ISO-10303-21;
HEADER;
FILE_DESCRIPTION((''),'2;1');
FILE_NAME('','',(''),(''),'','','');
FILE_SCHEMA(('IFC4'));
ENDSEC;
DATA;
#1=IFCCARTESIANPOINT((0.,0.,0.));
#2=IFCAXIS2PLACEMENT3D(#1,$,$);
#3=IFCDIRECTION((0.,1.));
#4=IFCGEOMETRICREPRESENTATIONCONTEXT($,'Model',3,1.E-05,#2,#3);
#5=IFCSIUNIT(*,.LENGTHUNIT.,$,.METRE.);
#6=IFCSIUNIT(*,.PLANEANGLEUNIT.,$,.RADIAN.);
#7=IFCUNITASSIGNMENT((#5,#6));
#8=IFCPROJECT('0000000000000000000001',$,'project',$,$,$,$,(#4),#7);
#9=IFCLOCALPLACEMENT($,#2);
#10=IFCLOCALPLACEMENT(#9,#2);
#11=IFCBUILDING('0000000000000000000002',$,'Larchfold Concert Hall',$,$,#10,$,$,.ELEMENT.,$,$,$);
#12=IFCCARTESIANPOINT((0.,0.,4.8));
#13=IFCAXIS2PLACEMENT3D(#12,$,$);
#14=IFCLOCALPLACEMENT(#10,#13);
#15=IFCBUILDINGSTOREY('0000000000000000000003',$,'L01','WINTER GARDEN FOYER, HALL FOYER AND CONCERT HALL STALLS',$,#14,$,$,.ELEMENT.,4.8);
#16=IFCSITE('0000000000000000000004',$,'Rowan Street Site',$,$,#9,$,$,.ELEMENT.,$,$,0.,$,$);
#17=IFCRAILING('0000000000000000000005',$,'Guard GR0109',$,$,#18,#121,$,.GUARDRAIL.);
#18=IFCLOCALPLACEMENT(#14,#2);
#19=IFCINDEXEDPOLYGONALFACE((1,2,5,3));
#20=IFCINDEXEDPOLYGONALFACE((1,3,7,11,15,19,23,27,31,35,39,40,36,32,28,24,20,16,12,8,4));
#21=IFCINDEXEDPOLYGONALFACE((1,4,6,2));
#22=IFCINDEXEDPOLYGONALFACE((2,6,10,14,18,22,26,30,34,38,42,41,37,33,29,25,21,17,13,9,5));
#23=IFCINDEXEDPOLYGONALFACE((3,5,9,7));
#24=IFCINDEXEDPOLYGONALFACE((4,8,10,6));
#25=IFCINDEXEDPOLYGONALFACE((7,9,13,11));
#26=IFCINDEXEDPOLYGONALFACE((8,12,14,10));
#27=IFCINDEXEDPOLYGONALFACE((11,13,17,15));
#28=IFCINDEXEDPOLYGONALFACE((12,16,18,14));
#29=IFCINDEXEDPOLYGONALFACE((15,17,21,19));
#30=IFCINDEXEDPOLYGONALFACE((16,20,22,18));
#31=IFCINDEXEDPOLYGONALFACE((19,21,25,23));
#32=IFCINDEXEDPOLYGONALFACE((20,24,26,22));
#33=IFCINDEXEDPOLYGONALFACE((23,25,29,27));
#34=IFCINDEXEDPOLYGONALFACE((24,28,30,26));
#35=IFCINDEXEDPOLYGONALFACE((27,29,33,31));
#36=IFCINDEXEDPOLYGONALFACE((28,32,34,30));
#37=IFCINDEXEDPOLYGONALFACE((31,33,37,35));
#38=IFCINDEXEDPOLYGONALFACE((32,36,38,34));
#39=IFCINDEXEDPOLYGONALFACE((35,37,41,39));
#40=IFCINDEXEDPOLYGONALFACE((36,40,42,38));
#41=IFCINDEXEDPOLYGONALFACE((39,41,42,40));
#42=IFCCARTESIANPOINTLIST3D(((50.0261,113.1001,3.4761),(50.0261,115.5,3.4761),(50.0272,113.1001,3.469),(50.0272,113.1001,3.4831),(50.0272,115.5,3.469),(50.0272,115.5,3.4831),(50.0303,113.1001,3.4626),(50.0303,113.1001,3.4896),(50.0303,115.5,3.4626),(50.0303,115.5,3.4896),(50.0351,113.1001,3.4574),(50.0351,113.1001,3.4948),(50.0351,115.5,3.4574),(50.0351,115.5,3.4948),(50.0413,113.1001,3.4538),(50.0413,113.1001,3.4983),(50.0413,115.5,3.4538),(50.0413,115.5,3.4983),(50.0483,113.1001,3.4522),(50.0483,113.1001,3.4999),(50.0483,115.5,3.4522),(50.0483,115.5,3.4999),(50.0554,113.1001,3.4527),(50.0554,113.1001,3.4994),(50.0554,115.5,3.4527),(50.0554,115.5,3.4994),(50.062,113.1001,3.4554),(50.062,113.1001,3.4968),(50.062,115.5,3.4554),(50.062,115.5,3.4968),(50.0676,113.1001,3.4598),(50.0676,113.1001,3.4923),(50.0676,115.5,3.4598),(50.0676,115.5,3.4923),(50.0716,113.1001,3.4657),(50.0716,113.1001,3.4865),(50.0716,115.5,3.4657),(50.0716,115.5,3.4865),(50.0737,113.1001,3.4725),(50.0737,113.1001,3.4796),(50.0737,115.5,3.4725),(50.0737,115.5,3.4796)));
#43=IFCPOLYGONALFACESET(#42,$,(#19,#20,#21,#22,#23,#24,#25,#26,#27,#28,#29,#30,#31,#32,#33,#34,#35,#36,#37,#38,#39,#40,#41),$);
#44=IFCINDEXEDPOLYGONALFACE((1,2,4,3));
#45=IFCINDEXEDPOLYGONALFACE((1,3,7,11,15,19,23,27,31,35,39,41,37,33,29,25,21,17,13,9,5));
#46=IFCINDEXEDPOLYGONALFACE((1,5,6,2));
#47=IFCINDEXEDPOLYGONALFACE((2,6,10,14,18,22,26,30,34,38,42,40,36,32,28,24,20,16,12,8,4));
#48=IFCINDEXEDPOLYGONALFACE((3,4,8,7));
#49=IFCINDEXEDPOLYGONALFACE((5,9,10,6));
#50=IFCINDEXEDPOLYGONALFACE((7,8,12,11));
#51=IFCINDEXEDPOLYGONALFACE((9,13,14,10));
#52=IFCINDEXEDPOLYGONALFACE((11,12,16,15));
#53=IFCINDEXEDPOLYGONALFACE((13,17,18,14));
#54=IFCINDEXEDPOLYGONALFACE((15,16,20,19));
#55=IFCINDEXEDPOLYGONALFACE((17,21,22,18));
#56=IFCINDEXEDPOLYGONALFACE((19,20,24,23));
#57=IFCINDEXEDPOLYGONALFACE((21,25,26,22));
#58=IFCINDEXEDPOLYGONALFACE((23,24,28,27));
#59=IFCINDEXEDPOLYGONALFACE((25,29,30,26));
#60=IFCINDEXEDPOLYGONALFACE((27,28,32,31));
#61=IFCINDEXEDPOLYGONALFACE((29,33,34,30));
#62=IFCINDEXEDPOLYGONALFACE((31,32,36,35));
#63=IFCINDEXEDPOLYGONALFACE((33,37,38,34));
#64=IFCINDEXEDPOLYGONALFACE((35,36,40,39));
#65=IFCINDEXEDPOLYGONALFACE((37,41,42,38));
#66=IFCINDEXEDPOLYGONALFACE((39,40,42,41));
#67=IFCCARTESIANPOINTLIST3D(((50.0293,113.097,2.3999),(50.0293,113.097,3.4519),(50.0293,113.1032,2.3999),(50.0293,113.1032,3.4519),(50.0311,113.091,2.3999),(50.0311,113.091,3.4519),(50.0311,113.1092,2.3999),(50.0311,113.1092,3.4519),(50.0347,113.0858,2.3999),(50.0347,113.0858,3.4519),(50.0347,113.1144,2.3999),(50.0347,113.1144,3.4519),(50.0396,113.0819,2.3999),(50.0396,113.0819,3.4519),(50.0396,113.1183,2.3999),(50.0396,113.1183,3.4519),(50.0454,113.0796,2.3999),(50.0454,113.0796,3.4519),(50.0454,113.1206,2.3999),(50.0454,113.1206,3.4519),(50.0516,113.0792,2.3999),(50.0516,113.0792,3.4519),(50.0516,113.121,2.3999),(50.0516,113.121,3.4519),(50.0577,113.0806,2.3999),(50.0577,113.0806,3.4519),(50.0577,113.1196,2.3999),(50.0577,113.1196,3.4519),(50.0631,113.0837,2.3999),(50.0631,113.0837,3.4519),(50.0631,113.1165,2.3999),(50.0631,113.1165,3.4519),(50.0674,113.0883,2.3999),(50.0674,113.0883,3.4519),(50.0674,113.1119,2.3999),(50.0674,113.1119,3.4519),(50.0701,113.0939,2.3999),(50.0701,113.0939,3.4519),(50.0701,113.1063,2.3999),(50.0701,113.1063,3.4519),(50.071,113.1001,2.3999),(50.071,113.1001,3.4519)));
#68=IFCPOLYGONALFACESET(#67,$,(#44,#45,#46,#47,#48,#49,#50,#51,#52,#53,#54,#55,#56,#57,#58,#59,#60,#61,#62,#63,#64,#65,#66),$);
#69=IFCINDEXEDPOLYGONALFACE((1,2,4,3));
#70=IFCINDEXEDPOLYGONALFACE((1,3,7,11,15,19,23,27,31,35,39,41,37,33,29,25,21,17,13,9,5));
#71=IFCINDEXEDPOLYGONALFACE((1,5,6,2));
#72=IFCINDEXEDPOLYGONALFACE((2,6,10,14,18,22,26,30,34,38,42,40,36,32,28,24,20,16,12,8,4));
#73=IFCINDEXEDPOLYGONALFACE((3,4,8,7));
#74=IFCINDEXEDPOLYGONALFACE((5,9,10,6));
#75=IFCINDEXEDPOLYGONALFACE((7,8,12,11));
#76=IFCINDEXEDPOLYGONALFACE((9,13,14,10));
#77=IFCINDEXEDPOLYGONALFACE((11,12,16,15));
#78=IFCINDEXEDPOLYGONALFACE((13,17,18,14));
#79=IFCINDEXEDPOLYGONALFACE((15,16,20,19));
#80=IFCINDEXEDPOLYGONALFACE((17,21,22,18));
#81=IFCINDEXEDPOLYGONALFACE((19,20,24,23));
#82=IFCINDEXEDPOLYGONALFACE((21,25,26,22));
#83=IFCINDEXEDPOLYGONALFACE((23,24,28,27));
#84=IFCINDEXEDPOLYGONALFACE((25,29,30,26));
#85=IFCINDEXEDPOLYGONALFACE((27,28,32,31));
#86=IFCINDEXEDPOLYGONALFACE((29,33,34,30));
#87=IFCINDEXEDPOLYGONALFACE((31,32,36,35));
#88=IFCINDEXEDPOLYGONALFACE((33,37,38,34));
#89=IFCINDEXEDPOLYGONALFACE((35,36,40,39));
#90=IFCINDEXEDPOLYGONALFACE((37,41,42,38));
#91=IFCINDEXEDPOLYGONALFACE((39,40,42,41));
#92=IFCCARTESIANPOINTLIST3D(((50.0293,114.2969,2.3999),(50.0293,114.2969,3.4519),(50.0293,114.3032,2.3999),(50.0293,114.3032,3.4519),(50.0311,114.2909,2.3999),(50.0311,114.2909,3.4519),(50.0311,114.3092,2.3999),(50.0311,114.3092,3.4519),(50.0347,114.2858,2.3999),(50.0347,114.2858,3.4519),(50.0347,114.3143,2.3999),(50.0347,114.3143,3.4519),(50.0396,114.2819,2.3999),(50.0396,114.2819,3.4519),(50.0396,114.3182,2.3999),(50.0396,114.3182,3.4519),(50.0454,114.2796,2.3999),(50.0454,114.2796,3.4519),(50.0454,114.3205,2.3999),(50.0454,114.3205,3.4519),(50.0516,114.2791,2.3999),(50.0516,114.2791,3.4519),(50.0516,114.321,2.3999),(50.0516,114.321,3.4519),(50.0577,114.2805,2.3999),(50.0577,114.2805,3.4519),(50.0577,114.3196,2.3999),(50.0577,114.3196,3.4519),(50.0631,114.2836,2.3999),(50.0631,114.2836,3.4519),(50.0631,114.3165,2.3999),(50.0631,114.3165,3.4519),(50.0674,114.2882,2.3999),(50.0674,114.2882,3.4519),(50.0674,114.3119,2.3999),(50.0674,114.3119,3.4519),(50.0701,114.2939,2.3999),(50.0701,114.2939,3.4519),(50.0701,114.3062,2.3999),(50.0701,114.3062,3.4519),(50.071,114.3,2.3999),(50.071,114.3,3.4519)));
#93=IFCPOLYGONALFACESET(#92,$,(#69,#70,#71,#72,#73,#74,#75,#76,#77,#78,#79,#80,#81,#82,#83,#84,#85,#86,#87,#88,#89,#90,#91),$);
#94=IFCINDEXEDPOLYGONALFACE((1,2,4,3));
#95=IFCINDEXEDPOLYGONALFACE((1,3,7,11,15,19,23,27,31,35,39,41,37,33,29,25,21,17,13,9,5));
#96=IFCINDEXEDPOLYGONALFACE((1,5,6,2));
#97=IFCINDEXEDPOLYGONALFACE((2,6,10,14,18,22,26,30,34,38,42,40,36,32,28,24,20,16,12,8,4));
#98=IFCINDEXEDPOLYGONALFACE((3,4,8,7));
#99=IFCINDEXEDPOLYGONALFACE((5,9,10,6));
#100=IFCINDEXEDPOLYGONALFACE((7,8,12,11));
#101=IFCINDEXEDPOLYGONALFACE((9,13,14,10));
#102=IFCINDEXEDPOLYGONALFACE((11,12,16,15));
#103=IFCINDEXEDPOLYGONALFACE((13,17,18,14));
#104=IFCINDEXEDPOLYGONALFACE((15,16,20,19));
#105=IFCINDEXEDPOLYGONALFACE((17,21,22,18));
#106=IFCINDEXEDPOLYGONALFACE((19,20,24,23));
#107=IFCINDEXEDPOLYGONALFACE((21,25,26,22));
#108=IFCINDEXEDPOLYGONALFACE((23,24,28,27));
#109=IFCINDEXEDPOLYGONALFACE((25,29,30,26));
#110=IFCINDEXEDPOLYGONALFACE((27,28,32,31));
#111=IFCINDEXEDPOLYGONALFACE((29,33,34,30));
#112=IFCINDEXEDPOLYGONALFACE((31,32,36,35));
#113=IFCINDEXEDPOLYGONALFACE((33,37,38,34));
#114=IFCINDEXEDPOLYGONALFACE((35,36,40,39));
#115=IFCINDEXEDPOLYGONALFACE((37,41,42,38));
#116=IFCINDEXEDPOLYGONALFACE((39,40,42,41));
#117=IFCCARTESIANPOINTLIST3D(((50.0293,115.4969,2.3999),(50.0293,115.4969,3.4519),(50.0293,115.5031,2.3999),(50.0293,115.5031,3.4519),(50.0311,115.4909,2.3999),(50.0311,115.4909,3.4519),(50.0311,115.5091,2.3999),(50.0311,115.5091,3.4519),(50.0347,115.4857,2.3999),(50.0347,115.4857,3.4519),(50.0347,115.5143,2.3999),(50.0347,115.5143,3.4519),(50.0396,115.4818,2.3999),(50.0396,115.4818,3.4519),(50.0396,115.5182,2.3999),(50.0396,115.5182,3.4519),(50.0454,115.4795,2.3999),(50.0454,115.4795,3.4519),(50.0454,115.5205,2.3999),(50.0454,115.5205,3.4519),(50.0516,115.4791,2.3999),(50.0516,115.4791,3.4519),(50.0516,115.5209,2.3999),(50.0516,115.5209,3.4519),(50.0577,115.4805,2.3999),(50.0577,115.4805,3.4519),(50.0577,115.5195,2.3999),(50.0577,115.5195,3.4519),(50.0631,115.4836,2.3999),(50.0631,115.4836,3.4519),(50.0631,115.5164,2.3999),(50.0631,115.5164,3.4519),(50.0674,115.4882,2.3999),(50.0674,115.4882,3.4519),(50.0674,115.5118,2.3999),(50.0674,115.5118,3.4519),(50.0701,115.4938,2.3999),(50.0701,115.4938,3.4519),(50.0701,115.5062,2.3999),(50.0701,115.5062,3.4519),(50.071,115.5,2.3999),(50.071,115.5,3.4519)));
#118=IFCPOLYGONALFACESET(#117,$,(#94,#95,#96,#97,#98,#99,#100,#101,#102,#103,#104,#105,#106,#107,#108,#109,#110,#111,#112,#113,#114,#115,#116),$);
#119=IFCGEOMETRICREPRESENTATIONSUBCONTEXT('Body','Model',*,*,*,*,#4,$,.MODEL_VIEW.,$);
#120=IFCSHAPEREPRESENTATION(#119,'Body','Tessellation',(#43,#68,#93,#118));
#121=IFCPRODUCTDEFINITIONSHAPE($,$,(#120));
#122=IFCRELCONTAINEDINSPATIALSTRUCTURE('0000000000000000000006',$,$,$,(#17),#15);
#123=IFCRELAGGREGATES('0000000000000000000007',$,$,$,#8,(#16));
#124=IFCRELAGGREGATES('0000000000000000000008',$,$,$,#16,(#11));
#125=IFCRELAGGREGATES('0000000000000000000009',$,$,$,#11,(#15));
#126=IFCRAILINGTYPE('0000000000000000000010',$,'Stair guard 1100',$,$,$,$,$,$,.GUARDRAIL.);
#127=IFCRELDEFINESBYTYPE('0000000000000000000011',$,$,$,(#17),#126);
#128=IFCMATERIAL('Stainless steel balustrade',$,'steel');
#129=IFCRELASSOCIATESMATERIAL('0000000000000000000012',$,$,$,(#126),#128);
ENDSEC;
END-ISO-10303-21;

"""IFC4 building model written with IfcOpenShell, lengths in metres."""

from ifc_helpers import new_model, si_unit, direction, frame, origin, origin_2d, place, context, subcontext, project, spatial, circle, extrude, material, type_object, element, save


model = new_model("IFC4")

# Units and contexts
model_context = context("Model", 3, precision=1e-05, world=origin(), true_north=direction((0.0, 1.0)))
body_context = subcontext(model_context, "Body", "Model", "MODEL_VIEW")
ifc_project = project(units=[si_unit("LENGTHUNIT", "METRE"), si_unit("PLANEANGLEUNIT", "RADIAN")], contexts=[model_context])

# Site, building, storey
site_placement = place(None, origin())
site = spatial("IfcSite", under=ifc_project, at=site_placement, Name="Rowan Street Site", CompositionType="ELEMENT", RefElevation=0.0)
building_placement = place(site_placement, origin())
building = spatial("IfcBuilding", under=site, at=building_placement, Name="Larchfold Concert Hall", CompositionType="ELEMENT")
storey_placement = place(building_placement, frame((0.0, 0.0, 4.8)))
storey = spatial("IfcBuildingStorey", under=building, at=storey_placement, Name="L01", Description="WINTER GARDEN FOYER, HALL FOYER AND CONCERT HALL STALLS", CompositionType="ELEMENT", Elevation=4.8)

# Railing
ifc_material_1 = material(Name="Stainless steel balustrade", Category="steel")
railing_type_1 = type_object("IfcRailingType", Name="Stair guard 1100", PredefinedType="GUARDRAIL", material=ifc_material_1)
railing_1_placement = place(storey_placement, frame((50.05, 113.1001, 2.3999)))
element("IfcRailing", 1, at=railing_1_placement, inside=storey, type_object=railing_type_1, Name="Guard GR0109", PredefinedType="GUARDRAIL", context=body_context, shape_type="SweptSolid", body=[
    extrude(circle(Radius=0.0239, at=origin_2d()), frame((0.0, 0.0, 1.0762), z_axis=(0.0, 1.0, 0.0), x_axis=(-1.0, 0.0, 0.0)), (0.0, 0.0, 1.0), 2.3999),
    extrude(circle(Radius=0.021, at=origin_2d()), origin(), (0.0, 0.0, 1.0), 1.052),
    extrude(circle(Radius=0.021, at=origin_2d()), frame((0.0, 1.2, 0.0)), (0.0, 0.0, 1.0), 1.052),
    extrude(circle(Radius=0.021, at=origin_2d()), frame((0.0, 2.3999, 0.0)), (0.0, 0.0, 1.0), 1.052),
])

save(model, "model.ifc")
